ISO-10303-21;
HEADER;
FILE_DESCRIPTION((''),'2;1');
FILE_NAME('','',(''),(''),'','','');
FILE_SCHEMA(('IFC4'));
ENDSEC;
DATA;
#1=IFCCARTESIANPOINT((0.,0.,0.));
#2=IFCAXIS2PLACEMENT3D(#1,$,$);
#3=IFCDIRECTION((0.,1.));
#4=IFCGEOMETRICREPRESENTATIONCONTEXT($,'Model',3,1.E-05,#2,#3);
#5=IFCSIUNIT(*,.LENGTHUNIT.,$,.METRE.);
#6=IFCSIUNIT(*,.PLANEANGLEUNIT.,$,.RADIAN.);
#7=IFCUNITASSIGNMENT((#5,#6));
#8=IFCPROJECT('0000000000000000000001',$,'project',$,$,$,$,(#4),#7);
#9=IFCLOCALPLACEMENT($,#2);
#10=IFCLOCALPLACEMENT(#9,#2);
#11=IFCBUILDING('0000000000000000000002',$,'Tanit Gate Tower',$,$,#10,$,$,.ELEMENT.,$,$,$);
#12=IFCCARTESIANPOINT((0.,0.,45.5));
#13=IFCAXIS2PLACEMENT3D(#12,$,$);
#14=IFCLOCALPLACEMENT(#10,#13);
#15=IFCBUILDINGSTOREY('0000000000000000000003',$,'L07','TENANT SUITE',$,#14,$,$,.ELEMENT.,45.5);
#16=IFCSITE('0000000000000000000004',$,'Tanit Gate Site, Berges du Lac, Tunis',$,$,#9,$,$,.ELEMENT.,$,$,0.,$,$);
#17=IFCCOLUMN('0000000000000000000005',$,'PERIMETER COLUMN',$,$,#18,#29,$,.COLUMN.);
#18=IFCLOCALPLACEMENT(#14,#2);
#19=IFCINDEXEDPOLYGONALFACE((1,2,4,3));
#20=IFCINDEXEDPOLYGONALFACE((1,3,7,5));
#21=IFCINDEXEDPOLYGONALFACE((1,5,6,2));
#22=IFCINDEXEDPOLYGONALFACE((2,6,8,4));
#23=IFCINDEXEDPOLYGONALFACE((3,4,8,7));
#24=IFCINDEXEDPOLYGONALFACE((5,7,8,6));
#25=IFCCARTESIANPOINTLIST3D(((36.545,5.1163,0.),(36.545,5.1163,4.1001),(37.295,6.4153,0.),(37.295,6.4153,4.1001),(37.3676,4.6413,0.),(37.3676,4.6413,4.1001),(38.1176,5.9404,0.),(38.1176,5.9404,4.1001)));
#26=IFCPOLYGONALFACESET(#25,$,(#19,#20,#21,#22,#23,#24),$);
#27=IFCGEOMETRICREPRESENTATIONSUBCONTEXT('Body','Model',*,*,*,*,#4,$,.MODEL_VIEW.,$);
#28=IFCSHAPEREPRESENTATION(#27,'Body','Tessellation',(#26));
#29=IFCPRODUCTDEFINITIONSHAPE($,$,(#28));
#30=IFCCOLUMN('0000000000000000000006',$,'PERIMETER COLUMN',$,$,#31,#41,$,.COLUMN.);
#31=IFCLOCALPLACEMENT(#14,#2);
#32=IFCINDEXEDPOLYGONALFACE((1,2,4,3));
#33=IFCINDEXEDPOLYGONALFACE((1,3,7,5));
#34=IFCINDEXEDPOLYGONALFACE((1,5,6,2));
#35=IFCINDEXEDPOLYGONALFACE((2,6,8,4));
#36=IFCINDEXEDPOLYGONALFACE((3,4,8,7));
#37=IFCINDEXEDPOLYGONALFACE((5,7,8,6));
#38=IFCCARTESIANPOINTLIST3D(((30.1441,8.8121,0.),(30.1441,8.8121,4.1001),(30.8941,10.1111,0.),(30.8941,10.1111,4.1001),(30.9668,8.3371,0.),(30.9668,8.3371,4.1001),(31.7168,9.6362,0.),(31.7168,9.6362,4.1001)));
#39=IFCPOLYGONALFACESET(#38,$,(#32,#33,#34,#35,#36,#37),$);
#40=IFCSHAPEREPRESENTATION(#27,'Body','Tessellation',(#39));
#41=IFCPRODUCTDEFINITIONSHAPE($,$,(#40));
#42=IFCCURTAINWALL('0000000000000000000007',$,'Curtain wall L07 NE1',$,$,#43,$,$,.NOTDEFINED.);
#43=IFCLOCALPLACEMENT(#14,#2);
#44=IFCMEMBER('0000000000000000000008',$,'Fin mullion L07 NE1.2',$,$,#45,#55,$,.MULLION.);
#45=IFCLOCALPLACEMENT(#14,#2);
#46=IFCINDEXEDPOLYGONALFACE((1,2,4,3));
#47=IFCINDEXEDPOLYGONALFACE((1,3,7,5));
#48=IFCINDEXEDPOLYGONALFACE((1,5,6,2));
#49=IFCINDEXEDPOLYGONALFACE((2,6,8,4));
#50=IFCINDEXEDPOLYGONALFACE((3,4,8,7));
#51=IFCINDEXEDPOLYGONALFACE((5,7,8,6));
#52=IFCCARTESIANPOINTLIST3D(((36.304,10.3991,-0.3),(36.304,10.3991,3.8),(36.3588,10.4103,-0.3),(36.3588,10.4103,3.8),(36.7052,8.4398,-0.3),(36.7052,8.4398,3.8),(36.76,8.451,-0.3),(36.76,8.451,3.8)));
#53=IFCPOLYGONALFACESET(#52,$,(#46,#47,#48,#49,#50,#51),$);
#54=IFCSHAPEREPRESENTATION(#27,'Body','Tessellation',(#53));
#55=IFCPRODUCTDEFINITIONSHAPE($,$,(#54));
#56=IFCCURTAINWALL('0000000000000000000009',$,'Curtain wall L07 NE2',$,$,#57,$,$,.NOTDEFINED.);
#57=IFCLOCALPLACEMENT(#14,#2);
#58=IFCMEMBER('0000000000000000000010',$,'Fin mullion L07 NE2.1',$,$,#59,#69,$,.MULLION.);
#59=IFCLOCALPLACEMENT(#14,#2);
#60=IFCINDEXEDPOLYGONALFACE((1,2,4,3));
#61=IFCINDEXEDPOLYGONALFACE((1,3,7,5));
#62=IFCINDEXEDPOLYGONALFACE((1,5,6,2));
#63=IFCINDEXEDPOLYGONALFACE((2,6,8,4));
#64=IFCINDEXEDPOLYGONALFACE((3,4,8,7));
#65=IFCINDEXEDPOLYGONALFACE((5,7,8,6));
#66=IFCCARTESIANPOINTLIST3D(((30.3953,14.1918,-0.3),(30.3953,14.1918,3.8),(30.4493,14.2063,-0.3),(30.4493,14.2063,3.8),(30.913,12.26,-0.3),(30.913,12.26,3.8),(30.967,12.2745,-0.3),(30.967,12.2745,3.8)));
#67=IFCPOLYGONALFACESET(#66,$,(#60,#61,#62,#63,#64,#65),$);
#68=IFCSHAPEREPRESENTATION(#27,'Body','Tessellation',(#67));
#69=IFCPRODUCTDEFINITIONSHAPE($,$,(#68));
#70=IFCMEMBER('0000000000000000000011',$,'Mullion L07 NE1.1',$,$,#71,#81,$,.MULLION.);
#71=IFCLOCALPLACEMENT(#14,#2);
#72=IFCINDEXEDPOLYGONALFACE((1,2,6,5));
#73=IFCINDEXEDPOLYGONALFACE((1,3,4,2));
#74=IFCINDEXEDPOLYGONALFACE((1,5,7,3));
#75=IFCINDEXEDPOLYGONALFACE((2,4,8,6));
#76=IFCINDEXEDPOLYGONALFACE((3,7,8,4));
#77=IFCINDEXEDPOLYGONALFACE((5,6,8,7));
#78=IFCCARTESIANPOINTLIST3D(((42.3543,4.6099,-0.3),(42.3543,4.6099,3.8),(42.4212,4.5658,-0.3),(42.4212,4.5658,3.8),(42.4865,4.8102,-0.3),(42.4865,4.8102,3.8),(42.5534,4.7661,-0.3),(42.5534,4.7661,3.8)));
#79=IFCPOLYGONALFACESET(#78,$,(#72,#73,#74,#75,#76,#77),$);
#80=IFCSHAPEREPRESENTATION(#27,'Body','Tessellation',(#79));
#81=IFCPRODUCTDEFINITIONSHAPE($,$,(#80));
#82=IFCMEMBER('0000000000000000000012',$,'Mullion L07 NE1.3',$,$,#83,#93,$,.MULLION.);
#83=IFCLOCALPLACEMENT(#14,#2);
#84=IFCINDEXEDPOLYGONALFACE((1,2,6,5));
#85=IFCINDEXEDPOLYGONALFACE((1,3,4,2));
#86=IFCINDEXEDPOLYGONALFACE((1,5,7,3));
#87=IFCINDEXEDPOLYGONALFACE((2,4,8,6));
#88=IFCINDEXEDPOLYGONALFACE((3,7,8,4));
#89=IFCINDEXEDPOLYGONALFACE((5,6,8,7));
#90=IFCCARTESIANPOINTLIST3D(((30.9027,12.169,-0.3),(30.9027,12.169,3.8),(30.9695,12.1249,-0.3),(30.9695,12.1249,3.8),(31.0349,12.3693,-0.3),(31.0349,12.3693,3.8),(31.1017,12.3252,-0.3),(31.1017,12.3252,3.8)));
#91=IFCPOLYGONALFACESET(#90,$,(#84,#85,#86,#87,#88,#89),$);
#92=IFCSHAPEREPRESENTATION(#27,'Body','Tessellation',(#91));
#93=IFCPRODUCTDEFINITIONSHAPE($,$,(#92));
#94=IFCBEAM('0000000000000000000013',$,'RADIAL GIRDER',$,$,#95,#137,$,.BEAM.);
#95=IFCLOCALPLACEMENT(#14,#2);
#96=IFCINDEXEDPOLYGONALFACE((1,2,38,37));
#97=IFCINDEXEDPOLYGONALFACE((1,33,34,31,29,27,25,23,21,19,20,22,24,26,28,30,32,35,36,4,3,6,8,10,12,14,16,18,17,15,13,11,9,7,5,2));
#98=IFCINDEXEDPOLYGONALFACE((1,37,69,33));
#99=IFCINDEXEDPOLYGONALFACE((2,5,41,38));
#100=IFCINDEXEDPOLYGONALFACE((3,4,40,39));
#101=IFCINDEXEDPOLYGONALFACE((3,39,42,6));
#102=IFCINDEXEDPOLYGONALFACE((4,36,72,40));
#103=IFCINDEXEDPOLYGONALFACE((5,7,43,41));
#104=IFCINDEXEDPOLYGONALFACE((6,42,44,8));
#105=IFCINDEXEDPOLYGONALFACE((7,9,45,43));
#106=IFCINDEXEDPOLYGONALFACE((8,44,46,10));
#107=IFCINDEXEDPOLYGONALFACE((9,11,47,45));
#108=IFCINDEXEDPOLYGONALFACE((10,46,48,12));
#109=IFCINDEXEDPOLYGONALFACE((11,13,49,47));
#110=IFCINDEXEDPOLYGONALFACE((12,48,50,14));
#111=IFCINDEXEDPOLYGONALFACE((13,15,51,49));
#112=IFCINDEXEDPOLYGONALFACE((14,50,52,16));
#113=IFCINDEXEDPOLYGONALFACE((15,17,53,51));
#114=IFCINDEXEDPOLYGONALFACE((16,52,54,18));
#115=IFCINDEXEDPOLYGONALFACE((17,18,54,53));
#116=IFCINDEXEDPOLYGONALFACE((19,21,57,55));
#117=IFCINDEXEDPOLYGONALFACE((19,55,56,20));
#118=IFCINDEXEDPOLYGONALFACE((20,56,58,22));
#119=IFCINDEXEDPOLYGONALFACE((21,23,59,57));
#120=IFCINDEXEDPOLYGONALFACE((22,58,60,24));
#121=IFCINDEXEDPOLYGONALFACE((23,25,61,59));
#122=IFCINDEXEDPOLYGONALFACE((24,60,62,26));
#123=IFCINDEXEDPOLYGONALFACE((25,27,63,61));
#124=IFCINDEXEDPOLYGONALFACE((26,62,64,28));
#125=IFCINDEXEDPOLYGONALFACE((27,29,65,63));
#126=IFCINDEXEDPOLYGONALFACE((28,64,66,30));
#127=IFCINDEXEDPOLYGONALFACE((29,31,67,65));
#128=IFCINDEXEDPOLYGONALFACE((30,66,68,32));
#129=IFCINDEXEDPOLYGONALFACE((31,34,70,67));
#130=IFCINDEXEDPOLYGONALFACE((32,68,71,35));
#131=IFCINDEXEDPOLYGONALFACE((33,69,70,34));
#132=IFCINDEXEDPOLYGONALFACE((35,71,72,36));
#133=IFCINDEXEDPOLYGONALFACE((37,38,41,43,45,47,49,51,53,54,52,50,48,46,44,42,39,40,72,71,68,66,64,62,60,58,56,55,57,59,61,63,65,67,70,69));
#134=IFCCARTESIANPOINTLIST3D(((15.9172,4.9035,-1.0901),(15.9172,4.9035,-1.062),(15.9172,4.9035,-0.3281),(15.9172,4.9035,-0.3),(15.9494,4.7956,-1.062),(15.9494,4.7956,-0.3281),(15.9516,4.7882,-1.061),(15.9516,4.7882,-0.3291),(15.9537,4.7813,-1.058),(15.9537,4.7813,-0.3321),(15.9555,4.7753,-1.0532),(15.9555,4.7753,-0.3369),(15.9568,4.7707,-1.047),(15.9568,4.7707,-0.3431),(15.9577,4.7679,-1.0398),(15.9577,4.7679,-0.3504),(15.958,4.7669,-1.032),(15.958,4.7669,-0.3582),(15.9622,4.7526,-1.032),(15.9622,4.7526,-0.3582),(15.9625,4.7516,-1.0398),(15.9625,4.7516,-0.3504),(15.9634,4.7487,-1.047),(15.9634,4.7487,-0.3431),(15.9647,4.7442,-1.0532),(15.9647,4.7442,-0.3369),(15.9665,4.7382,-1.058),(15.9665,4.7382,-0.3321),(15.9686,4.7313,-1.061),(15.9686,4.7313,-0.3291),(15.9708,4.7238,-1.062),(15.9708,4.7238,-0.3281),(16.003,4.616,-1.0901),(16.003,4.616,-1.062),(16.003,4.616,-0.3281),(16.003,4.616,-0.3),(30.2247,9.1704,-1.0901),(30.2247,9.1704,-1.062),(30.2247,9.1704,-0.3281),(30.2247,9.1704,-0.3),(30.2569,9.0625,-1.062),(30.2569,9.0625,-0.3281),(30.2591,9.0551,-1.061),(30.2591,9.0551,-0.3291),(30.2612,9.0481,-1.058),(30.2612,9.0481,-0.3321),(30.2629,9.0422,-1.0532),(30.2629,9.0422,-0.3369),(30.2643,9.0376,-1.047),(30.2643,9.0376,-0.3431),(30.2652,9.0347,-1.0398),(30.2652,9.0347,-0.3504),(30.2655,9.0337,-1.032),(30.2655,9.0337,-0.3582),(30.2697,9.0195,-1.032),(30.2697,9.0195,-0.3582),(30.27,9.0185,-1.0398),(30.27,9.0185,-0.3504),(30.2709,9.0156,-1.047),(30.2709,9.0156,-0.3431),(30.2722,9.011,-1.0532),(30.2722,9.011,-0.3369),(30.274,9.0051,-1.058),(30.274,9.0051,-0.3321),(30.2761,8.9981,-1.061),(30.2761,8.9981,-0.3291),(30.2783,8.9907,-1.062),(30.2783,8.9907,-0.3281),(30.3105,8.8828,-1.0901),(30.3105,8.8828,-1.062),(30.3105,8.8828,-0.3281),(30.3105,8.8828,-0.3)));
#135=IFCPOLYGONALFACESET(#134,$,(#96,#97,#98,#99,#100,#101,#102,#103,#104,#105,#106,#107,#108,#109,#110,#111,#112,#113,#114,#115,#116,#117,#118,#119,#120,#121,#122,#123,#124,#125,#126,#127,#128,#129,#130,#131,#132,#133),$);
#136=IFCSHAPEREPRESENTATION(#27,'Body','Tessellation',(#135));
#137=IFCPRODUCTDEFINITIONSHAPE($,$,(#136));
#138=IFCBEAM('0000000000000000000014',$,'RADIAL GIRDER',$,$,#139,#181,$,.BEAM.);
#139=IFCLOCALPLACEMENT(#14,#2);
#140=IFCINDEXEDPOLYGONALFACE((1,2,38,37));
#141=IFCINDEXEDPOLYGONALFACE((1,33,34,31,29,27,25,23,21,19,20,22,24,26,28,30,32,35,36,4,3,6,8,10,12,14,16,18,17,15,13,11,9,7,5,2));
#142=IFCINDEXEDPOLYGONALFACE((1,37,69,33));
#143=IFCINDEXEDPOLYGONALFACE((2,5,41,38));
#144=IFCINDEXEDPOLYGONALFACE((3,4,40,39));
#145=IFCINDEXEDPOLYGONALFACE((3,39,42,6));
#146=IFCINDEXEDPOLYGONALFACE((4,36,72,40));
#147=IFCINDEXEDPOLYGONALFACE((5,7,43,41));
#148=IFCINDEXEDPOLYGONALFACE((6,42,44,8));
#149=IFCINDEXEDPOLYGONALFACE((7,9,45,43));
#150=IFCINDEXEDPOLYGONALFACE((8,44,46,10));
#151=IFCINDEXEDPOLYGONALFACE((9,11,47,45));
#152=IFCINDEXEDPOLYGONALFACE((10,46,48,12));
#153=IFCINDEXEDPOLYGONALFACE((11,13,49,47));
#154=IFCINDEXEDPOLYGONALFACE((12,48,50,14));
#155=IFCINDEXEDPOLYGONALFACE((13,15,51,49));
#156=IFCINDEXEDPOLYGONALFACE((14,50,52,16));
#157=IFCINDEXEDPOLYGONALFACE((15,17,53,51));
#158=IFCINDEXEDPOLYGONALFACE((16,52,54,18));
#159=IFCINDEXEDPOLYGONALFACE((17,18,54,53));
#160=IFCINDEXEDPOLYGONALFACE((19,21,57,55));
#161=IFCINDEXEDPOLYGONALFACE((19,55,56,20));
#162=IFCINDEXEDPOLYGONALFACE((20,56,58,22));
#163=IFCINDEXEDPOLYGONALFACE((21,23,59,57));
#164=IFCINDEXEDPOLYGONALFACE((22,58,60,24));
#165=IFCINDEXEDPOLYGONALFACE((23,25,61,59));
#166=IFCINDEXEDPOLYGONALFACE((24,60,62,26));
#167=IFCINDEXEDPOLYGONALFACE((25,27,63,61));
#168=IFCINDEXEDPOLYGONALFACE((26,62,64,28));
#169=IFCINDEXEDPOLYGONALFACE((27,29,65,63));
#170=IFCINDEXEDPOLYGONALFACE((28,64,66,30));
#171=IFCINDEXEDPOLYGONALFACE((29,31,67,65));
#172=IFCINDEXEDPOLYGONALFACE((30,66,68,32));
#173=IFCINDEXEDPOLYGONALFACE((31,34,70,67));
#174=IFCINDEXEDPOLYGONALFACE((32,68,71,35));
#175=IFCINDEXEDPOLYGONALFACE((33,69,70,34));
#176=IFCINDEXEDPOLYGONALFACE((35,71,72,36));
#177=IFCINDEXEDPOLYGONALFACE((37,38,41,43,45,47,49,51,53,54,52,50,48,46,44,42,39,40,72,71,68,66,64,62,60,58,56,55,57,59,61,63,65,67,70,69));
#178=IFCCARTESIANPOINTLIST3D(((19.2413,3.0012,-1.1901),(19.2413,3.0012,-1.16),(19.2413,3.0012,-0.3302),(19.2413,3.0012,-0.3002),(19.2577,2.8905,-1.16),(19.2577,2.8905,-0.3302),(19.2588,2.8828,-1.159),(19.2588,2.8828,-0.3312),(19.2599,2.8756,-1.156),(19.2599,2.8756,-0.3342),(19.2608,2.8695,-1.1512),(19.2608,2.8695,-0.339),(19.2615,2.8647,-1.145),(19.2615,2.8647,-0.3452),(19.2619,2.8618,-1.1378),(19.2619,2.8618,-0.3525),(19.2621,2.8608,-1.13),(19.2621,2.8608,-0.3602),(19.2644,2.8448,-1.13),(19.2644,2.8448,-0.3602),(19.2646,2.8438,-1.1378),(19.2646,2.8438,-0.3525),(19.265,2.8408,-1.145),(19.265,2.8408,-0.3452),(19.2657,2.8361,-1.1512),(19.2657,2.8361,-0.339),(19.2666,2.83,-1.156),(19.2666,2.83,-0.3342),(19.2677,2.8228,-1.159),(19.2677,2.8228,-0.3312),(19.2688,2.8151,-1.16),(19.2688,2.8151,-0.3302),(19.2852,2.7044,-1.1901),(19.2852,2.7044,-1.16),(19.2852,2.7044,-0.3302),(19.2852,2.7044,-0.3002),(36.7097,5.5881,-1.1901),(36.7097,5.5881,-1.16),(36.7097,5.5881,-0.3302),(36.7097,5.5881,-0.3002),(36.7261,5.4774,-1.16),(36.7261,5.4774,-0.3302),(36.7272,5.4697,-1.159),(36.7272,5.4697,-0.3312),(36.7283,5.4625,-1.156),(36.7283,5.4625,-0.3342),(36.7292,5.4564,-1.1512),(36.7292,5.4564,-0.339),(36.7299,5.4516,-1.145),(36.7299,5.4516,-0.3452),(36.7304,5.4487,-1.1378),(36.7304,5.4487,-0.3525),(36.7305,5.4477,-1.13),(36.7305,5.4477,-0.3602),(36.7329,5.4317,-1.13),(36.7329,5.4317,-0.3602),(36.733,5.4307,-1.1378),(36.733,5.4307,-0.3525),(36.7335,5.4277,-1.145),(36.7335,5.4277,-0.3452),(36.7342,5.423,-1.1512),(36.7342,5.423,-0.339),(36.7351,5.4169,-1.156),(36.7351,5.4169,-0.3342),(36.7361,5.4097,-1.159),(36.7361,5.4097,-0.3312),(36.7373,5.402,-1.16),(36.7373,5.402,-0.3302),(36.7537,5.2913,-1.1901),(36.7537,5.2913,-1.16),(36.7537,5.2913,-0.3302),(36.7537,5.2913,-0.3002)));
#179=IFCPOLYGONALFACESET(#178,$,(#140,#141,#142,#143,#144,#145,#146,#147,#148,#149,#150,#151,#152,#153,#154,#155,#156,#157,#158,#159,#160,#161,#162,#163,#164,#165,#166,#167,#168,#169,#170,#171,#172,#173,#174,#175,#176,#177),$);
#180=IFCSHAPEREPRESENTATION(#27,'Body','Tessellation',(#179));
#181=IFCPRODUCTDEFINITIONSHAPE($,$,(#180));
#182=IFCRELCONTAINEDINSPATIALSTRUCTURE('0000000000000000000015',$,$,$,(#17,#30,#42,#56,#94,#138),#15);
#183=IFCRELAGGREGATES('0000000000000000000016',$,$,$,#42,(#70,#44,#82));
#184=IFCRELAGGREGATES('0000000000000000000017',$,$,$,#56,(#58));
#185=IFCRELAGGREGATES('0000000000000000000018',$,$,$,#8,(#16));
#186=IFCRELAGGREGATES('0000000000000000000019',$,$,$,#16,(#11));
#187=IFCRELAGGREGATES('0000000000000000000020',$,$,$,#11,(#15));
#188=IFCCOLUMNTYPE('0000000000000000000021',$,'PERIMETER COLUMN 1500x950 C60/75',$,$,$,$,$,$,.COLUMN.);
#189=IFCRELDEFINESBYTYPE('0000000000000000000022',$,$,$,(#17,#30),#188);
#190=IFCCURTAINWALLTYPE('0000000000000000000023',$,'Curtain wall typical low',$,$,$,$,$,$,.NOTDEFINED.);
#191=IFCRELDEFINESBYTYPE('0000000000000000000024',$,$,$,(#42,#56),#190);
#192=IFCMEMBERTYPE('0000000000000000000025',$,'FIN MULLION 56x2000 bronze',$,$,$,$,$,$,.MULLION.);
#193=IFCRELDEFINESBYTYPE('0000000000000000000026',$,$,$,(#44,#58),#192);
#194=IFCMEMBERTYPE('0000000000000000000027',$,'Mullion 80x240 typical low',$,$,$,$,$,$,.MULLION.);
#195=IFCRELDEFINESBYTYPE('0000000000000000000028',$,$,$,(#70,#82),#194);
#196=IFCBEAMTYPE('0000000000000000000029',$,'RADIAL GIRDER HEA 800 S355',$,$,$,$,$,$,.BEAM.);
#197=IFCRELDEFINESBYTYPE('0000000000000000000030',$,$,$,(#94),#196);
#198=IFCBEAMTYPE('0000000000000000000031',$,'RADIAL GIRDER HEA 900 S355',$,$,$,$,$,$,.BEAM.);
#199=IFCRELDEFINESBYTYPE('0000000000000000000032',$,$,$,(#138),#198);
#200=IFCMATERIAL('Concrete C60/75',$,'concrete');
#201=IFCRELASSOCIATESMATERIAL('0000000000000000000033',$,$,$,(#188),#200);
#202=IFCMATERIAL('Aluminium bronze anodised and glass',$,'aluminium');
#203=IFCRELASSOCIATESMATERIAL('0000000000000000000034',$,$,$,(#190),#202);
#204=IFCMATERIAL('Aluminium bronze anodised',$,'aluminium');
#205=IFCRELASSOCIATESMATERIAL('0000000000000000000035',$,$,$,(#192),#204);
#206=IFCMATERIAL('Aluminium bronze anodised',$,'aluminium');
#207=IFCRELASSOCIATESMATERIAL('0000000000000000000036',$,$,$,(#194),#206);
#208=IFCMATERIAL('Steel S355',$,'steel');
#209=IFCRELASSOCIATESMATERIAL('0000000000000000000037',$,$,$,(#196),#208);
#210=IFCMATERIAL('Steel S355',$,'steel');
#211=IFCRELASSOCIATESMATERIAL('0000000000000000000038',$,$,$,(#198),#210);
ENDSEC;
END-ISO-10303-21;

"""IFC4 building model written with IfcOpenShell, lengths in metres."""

from ifc_helpers import new_model, si_unit, direction, frame, origin, origin_2d, place, context, subcontext, project, spatial, rectangle, i_section, extrude, material, material_profile, profile_set, type_object, element, aggregate, save


model = new_model("IFC4")

# Units and contexts
model_context = context("Model", 3, precision=1e-05, world=origin(), true_north=direction((0.0, 1.0)))
body_context = subcontext(model_context, "Body", "Model", "MODEL_VIEW")
ifc_project = project(units=[si_unit("LENGTHUNIT", "METRE"), si_unit("PLANEANGLEUNIT", "RADIAN")], contexts=[model_context])

# Site, building, storey
site_placement = place(None, origin())
site = spatial("IfcSite", under=ifc_project, at=site_placement, Name="Tanit Gate Site, Berges du Lac, Tunis", CompositionType="ELEMENT", RefElevation=0.0)
building_placement = place(site_placement, origin())
building = spatial("IfcBuilding", under=site, at=building_placement, Name="Tanit Gate Tower", CompositionType="ELEMENT")
storey_placement = place(building_placement, frame((0.0, 0.0, 45.5)))
storey = spatial("IfcBuildingStorey", under=building, at=storey_placement, Name="L07", Description="TENANT SUITE", CompositionType="ELEMENT", Elevation=45.5)

# Columns
ifc_material_1 = material(Name="Concrete C60/75", Category="concrete")
ifc_material_profile_1 = material_profile(ifc_material_1, rectangle(XDim=1.5, YDim=0.95, at=origin_2d()), Name="RC 1500x950")
ifc_profile_set_1 = profile_set([ifc_material_profile_1], Name="Concrete C60/75")
column_type = type_object("IfcColumnType", Name="PERIMETER COLUMN 1500x950 C60/75", PredefinedType="COLUMN", material=ifc_profile_set_1)
for number, where, z_axis, x_axis, name in (
    (1, (37.3313, 5.5283, 0.0), (0.0, 0.0, 1.0), (0.5, 0.866025, 0.0), "PERIMETER COLUMN"),
    (2, (30.9304, 9.2241, 0.0), (0.0, 0.0, 1.0), (0.5, 0.866025, 0.0), "PERIMETER COLUMN"),
):
    element("IfcColumn", number, at=place(storey_placement, frame(where, z_axis=z_axis, x_axis=x_axis)), inside=storey, type_object=column_type, Name=name, PredefinedType="COLUMN", context=body_context, shape_type="SweptSolid", body=[
        extrude(rectangle(XDim=1.5, YDim=0.95, at=origin_2d()), origin(), (0.0, 0.0, 1.0), 4.1001),
    ])

# Curtain walls, members
ifc_material_2 = material(Name="Aluminium bronze anodised and glass", Category="aluminium")
curtain_wall_type = type_object("IfcCurtainWallType", Name="Curtain wall typical low", PredefinedType="NOTDEFINED", material=ifc_material_2)
curtain_wall_1_placement = place(storey_placement, origin())
curtain_wall_1 = element("IfcCurtainWall", 3, at=curtain_wall_1_placement, inside=storey, type_object=curtain_wall_type, Name="Curtain wall L07 NE1", PredefinedType="NOTDEFINED")
ifc_material_3 = material(Name="Aluminium bronze anodised", Category="aluminium")
ifc_material_profile_2 = material_profile(ifc_material_3, rectangle(XDim=2.0, YDim=0.0559, at=origin_2d()), Name="56x2000 bronze fin mullion")
ifc_profile_set_2 = profile_set([ifc_material_profile_2], Name="Aluminium bronze anodised")
member_type_1 = type_object("IfcMemberType", Name="FIN MULLION 56x2000 bronze", PredefinedType="MULLION", material=ifc_profile_set_2)
member_1_placement = place(storey_placement, frame((36.532, 9.425, -0.3), z_axis=(0.0, 0.0, 1.0), x_axis=(0.200582, -0.979677, 0.0)))
member_1 = element("IfcMember", 4, at=member_1_placement, type_object=member_type_1, Name="Fin mullion L07 NE1.2", PredefinedType="MULLION", context=body_context, shape_type="SweptSolid", body=[
    extrude(rectangle(XDim=2.0, YDim=0.0559, at=origin_2d()), origin(), (0.0, 0.0, 1.0), 4.1001),
])
curtain_wall_2_placement = place(storey_placement, origin())
curtain_wall_2 = element("IfcCurtainWall", 5, at=curtain_wall_2_placement, inside=storey, type_object=curtain_wall_type, Name="Curtain wall L07 NE2", PredefinedType="NOTDEFINED")
member_2_placement = place(storey_placement, frame((30.6812, 13.2332, -0.3), z_axis=(0.0, 0.0, 1.0), x_axis=(0.258886, -0.965908, 0.0)))
member_2 = element("IfcMember", 6, at=member_2_placement, type_object=member_type_1, Name="Fin mullion L07 NE2.1", PredefinedType="MULLION", context=body_context, shape_type="SweptSolid", body=[
    extrude(rectangle(XDim=2.0, YDim=0.0559, at=origin_2d()), origin(), (0.0, 0.0, 1.0), 4.1001),
])

# Members
ifc_material_4 = material(Name="Aluminium bronze anodised", Category="aluminium")
ifc_material_profile_3 = material_profile(ifc_material_4, rectangle(XDim=0.24, YDim=0.0801, at=origin_2d()), Name="80x240 bronze mullion")
ifc_profile_set_3 = profile_set([ifc_material_profile_3], Name="Aluminium bronze anodised")
member_type_2 = type_object("IfcMemberType", Name="Mullion 80x240 typical low", PredefinedType="MULLION", material=ifc_profile_set_3)
member_3_placement = place(storey_placement, frame((42.4539, 4.688, -0.3), z_axis=(0.0, 0.0, 1.0), x_axis=(-0.550903, -0.834569, 0.0)))
member_3 = element("IfcMember", 7, at=member_3_placement, type_object=member_type_2, Name="Mullion L07 NE1.1", PredefinedType="MULLION", context=body_context, shape_type="SweptSolid", body=[
    extrude(rectangle(XDim=0.24, YDim=0.0801, at=origin_2d()), origin(), (0.0, 0.0, 1.0), 4.1001),
])
member_4_placement = place(storey_placement, frame((31.0022, 12.2471, -0.3), z_axis=(0.0, 0.0, 1.0), x_axis=(-0.550903, -0.834569, 0.0)))
member_4 = element("IfcMember", 8, at=member_4_placement, type_object=member_type_2, Name="Mullion L07 NE1.3", PredefinedType="MULLION", context=body_context, shape_type="SweptSolid", body=[
    extrude(rectangle(XDim=0.24, YDim=0.0801, at=origin_2d()), origin(), (0.0, 0.0, 1.0), 4.1001),
])

# Beams
ifc_material_5 = material(Name="Steel S355", Category="steel")
ifc_material_profile_4 = material_profile(ifc_material_5, i_section(OverallWidth=0.3, OverallDepth=0.79, WebThickness=0.0149, FlangeThickness=0.0281, FilletRadius=0.03, at=origin_2d()), Name="HEA 800")
ifc_profile_set_4 = profile_set([ifc_material_profile_4], Name="Steel S355")
beam_type_1 = type_object("IfcBeamType", Name="RADIAL GIRDER HEA 800 S355", PredefinedType="BEAM", material=ifc_profile_set_4)
beam_1_placement = place(storey_placement, frame((30.2676, 9.0266, -0.6951), z_axis=(-0.958293, -0.285789, 0.0), x_axis=(0.285789, -0.958293, 0.0)))
element("IfcBeam", 9, at=beam_1_placement, inside=storey, type_object=beam_type_1, Name="RADIAL GIRDER", PredefinedType="BEAM", context=body_context, shape_type="SweptSolid", body=[
    extrude(i_section(OverallWidth=0.3, OverallDepth=0.79, WebThickness=0.0149, FlangeThickness=0.0281, FilletRadius=0.03, at=origin_2d()), origin(), (0.0, 0.0, 1.0), 14.9302),
])
ifc_material_6 = material(Name="Steel S355", Category="steel")
ifc_material_profile_5 = material_profile(ifc_material_6, i_section(OverallWidth=0.3, OverallDepth=0.8899, WebThickness=0.0161, FlangeThickness=0.03, FilletRadius=0.03, at=origin_2d()), Name="HEA 900")
ifc_profile_set_5 = profile_set([ifc_material_profile_5], Name="Steel S355")
beam_type_2 = type_object("IfcBeamType", Name="RADIAL GIRDER HEA 900 S355", PredefinedType="BEAM", material=ifc_profile_set_5)
beam_2_placement = place(storey_placement, frame((36.7317, 5.4397, -0.7451), z_axis=(-0.989212, -0.146493, 0.0), x_axis=(0.146493, -0.989212, 0.0)))
element("IfcBeam", 10, at=beam_2_placement, inside=storey, type_object=beam_type_2, Name="RADIAL GIRDER", PredefinedType="BEAM", context=body_context, shape_type="SweptSolid", body=[
    extrude(i_section(OverallWidth=0.3, OverallDepth=0.8899, WebThickness=0.0161, FlangeThickness=0.03, FilletRadius=0.03, at=origin_2d()), origin(), (0.0, 0.0, 1.0), 17.6589),
])

aggregate(curtain_wall_1, [member_3, member_1, member_4])
aggregate(curtain_wall_2, [member_2])

save(model, "model.ifc")
